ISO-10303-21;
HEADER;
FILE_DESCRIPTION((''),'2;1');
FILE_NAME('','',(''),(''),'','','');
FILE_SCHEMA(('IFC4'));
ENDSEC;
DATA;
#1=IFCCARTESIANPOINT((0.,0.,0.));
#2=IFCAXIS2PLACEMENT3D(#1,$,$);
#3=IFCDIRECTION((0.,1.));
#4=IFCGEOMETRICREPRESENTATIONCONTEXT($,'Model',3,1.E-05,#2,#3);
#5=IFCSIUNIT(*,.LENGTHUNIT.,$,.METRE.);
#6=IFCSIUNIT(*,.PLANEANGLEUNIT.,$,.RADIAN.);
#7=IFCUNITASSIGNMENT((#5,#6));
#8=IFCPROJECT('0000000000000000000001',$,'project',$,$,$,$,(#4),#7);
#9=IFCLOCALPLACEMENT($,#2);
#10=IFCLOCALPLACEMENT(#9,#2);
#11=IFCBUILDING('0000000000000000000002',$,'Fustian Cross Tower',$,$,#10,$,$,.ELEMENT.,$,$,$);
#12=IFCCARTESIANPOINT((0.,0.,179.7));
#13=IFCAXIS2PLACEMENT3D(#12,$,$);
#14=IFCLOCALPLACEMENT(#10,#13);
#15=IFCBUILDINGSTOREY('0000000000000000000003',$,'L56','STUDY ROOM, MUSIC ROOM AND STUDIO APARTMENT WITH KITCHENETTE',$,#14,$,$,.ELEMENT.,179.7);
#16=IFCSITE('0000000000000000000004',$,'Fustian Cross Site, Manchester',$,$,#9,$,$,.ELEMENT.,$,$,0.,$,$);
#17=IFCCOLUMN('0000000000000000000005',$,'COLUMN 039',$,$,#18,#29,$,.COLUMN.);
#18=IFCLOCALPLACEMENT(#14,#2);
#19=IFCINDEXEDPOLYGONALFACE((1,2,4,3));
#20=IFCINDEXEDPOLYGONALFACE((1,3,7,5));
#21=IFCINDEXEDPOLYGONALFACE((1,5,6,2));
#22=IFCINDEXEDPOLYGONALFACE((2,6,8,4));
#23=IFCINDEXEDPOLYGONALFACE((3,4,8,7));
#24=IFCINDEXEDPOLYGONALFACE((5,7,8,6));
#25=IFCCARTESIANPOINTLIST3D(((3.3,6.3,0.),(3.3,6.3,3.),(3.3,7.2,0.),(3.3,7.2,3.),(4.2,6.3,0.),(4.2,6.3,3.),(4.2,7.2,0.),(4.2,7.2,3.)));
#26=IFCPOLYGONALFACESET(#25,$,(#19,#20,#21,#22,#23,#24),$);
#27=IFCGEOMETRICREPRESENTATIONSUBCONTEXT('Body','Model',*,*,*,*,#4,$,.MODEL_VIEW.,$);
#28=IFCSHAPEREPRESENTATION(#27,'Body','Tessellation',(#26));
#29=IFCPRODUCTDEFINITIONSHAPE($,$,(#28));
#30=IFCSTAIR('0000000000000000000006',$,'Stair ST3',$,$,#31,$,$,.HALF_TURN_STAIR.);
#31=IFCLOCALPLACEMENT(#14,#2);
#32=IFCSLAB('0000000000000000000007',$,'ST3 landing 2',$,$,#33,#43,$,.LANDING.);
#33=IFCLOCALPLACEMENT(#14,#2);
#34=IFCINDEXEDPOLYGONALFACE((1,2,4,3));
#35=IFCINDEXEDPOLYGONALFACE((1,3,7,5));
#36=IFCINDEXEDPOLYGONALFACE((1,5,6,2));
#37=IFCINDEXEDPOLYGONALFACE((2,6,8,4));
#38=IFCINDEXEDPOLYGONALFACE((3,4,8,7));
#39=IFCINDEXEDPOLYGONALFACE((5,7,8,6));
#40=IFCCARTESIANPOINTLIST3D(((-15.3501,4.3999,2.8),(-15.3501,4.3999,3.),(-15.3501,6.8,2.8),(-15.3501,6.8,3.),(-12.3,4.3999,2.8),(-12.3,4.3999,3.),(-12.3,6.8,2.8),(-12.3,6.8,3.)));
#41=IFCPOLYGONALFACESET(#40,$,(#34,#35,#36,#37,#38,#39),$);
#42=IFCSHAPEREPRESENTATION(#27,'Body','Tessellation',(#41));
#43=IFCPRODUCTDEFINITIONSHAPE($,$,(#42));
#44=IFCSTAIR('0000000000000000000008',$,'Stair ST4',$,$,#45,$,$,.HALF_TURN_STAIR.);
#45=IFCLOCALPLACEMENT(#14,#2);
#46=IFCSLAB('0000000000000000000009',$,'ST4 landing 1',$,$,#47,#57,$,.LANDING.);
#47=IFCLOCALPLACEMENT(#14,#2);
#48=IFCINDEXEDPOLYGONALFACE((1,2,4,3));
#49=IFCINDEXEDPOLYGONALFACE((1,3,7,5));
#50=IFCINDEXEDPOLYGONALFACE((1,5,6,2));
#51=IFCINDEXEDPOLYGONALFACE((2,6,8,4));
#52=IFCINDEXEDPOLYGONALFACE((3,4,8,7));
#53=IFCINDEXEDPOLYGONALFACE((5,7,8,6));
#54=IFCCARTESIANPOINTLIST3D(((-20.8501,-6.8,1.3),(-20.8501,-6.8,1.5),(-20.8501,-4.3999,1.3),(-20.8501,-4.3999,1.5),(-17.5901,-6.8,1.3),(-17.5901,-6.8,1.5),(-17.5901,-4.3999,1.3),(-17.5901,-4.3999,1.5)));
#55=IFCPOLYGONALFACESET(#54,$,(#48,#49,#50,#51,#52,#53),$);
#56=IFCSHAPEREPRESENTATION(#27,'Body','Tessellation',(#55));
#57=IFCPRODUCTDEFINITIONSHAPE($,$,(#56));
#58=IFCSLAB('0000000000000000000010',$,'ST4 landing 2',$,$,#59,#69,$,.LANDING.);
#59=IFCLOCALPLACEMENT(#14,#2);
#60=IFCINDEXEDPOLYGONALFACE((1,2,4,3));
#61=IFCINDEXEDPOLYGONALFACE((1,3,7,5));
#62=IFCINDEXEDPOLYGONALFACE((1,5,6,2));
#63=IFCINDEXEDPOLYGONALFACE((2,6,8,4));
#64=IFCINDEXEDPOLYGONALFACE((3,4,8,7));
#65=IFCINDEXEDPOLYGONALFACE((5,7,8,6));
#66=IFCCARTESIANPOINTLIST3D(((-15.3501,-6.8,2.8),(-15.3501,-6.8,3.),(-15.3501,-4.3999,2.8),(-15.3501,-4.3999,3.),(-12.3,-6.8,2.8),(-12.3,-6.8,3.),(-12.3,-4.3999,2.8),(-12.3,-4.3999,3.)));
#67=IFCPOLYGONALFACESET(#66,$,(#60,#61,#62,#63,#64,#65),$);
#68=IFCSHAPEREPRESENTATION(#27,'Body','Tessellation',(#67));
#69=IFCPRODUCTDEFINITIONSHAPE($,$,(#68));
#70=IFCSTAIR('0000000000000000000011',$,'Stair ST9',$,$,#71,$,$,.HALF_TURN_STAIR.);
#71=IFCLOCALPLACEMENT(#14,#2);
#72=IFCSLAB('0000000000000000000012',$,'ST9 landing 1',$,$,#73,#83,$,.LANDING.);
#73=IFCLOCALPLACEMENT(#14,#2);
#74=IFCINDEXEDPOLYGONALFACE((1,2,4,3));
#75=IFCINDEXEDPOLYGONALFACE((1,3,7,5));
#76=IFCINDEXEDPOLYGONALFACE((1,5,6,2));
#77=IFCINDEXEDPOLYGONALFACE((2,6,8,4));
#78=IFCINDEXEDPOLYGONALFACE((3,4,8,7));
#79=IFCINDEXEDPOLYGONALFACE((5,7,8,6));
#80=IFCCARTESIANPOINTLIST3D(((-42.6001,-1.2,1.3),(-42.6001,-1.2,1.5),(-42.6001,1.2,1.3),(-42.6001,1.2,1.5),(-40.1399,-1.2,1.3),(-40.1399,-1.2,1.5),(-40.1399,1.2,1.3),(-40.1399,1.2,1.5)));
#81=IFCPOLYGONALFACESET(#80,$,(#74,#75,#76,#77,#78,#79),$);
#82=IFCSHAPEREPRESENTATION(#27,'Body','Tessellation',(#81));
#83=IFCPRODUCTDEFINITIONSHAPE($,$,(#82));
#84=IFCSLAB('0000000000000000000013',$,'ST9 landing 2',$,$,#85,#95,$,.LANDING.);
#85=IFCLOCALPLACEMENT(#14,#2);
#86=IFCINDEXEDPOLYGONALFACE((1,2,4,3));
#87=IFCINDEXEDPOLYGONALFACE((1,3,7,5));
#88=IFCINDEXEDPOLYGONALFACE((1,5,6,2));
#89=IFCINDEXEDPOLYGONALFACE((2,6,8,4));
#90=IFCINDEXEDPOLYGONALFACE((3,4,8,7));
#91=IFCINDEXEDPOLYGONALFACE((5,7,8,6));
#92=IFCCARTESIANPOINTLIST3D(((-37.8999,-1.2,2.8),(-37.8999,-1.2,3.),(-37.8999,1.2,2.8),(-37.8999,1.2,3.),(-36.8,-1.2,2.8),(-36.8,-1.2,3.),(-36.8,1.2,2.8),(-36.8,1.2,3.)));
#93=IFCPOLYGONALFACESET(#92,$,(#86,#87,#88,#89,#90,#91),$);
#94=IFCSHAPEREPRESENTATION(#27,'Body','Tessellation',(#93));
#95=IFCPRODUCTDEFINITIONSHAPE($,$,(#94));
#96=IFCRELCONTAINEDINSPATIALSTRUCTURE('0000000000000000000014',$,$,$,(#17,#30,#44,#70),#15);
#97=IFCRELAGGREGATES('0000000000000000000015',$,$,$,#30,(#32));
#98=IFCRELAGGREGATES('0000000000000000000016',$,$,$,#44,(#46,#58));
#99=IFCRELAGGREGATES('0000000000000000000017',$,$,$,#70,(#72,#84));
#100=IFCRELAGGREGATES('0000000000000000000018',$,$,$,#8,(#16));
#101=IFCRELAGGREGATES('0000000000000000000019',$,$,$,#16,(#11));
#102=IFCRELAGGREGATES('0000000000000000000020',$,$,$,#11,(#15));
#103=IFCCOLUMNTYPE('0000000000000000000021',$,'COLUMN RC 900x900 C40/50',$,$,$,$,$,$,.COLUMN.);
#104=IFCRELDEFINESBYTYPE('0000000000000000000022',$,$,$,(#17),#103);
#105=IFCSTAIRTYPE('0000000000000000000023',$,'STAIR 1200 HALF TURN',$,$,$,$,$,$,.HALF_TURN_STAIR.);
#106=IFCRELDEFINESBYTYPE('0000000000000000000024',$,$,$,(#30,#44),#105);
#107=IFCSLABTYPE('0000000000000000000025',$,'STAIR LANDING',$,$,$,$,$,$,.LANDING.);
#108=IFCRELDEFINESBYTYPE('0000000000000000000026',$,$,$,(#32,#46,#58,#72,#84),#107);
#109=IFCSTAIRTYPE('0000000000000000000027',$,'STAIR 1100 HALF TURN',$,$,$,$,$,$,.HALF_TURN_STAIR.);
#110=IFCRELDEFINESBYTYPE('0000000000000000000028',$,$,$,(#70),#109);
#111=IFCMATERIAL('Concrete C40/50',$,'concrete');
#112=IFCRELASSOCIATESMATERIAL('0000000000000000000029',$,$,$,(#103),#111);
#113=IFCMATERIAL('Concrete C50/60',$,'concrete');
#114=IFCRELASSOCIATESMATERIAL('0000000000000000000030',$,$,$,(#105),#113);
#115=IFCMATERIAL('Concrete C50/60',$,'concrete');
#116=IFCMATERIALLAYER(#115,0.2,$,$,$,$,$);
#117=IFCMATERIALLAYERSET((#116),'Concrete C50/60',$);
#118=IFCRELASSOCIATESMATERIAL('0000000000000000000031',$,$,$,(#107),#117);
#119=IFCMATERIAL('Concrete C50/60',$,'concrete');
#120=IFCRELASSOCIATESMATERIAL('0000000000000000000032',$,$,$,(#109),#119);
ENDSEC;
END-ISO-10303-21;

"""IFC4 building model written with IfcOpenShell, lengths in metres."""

from ifc_helpers import new_model, si_unit, direction, frame, origin, origin_2d, place, context, subcontext, project, spatial, polyline, rectangle, outline, extrude, material, layer, layer_set, material_profile, profile_set, type_object, element, aggregate, save


model = new_model("IFC4")

# Units and contexts
model_context = context("Model", 3, precision=1e-05, world=origin(), true_north=direction((0.0, 1.0)))
body_context = subcontext(model_context, "Body", "Model", "MODEL_VIEW")
ifc_project = project(units=[si_unit("LENGTHUNIT", "METRE"), si_unit("PLANEANGLEUNIT", "RADIAN")], contexts=[model_context])

# Site, building, storey
site_placement = place(None, origin())
site = spatial("IfcSite", under=ifc_project, at=site_placement, Name="Fustian Cross Site, Manchester", CompositionType="ELEMENT", RefElevation=0.0)
building_placement = place(site_placement, origin())
building = spatial("IfcBuilding", under=site, at=building_placement, Name="Fustian Cross Tower", CompositionType="ELEMENT")
storey_placement = place(building_placement, frame((0.0, 0.0, 179.7)))
storey = spatial("IfcBuildingStorey", under=building, at=storey_placement, Name="L56", Description="STUDY ROOM, MUSIC ROOM AND STUDIO APARTMENT WITH KITCHENETTE", CompositionType="ELEMENT", Elevation=179.7)

# Column
ifc_material_1 = material(Name="Concrete C40/50", Category="concrete")
ifc_material_profile = material_profile(ifc_material_1, rectangle(XDim=0.8999, YDim=0.8999, at=origin_2d()), Name="RC 900x900")
ifc_profile_set = profile_set([ifc_material_profile], Name="Concrete C40/50")
column_type = type_object("IfcColumnType", Name="COLUMN RC 900x900 C40/50", PredefinedType="COLUMN", material=ifc_profile_set)
column_placement = place(storey_placement, frame((3.75, 6.75, 0.0), z_axis=(0.0, 0.0, 1.0), x_axis=(1.0, 0.0, 0.0)))
element("IfcColumn", 1, at=column_placement, inside=storey, type_object=column_type, Name="COLUMN 039", PredefinedType="COLUMN", context=body_context, shape_type="SweptSolid", body=[
    extrude(rectangle(XDim=0.8999, YDim=0.8999, at=origin_2d()), origin(), (0.0, 0.0, 1.0), 3.0),
])

# Stair, slab
ifc_material_2 = material(Name="Concrete C50/60", Category="concrete")
stair_type_1 = type_object("IfcStairType", Name="STAIR 1200 HALF TURN", PredefinedType="HALF_TURN_STAIR", material=ifc_material_2)
stair_1_placement = place(storey_placement, origin())
stair_1 = element("IfcStair", 2, at=stair_1_placement, inside=storey, type_object=stair_type_1, Name="Stair ST3", PredefinedType="HALF_TURN_STAIR")
ifc_material_3 = material(Name="Concrete C50/60", Category="concrete")
ifc_layer_1 = layer(ifc_material_3, 0.2)
ifc_layer_set_1 = layer_set([ifc_layer_1], Name="Concrete C50/60")
slab_type = type_object("IfcSlabType", Name="STAIR LANDING", PredefinedType="LANDING", material=ifc_layer_set_1)
slab_1_placement = place(storey_placement, frame((0.0, 0.0, 2.8)))
slab_1 = element("IfcSlab", 3, at=slab_1_placement, type_object=slab_type, Name="ST3 landing 2", PredefinedType="LANDING", context=body_context, shape_type="SweptSolid", body=[
    extrude(outline(polyline([(-12.3, 4.3999), (-15.3501, 4.3999), (-15.3501, 6.8), (-12.3, 6.8), (-12.3, 4.3999)])), origin(), (0.0, 0.0, 1.0), 0.2),
])
aggregate(stair_1, [slab_1])

# Stairs, slabs
stair_2_placement = place(storey_placement, origin())
stair_2 = element("IfcStair", 4, at=stair_2_placement, inside=storey, type_object=stair_type_1, Name="Stair ST4", PredefinedType="HALF_TURN_STAIR")
slab_2_placement = place(storey_placement, frame((0.0, 0.0, 1.3)))
slab_2 = element("IfcSlab", 5, at=slab_2_placement, type_object=slab_type, Name="ST4 landing 1", PredefinedType="LANDING", context=body_context, shape_type="SweptSolid", body=[
    extrude(outline(polyline([(-17.5901, -4.3999), (-20.8501, -4.3999), (-20.8501, -6.8), (-17.5901, -6.8), (-17.5901, -4.3999)])), origin(), (0.0, 0.0, 1.0), 0.2),
])
slab_3_placement = place(storey_placement, frame((0.0, 0.0, 2.8)))
slab_3 = element("IfcSlab", 6, at=slab_3_placement, type_object=slab_type, Name="ST4 landing 2", PredefinedType="LANDING", context=body_context, shape_type="SweptSolid", body=[
    extrude(outline(polyline([(-12.3, -4.3999), (-15.3501, -4.3999), (-15.3501, -6.8), (-12.3, -6.8), (-12.3, -4.3999)])), origin(), (0.0, 0.0, 1.0), 0.2),
])
aggregate(stair_2, [slab_2, slab_3])
ifc_material_4 = material(Name="Concrete C50/60", Category="concrete")
stair_type_2 = type_object("IfcStairType", Name="STAIR 1100 HALF TURN", PredefinedType="HALF_TURN_STAIR", material=ifc_material_4)
stair_3_placement = place(storey_placement, origin())
stair_3 = element("IfcStair", 7, at=stair_3_placement, inside=storey, type_object=stair_type_2, Name="Stair ST9", PredefinedType="HALF_TURN_STAIR")
slab_4_placement = place(storey_placement, frame((0.0, 0.0, 1.3)))
slab_4 = element("IfcSlab", 8, at=slab_4_placement, type_object=slab_type, Name="ST9 landing 1", PredefinedType="LANDING", context=body_context, shape_type="SweptSolid", body=[
    extrude(outline(polyline([(-40.1399, -1.2), (-42.6001, -1.2), (-42.6001, 1.2), (-40.1399, 1.2), (-40.1399, -1.2)])), origin(), (0.0, 0.0, 1.0), 0.2),
])
slab_5_placement = place(storey_placement, frame((0.0, 0.0, 2.8)))
slab_5 = element("IfcSlab", 9, at=slab_5_placement, type_object=slab_type, Name="ST9 landing 2", PredefinedType="LANDING", context=body_context, shape_type="SweptSolid", body=[
    extrude(outline(polyline([(-36.8, -1.2), (-37.8999, -1.2), (-37.8999, 1.2), (-36.8, 1.2), (-36.8, -1.2)])), origin(), (0.0, 0.0, 1.0), 0.2),
])
aggregate(stair_3, [slab_4, slab_5])

save(model, "model.ifc")
